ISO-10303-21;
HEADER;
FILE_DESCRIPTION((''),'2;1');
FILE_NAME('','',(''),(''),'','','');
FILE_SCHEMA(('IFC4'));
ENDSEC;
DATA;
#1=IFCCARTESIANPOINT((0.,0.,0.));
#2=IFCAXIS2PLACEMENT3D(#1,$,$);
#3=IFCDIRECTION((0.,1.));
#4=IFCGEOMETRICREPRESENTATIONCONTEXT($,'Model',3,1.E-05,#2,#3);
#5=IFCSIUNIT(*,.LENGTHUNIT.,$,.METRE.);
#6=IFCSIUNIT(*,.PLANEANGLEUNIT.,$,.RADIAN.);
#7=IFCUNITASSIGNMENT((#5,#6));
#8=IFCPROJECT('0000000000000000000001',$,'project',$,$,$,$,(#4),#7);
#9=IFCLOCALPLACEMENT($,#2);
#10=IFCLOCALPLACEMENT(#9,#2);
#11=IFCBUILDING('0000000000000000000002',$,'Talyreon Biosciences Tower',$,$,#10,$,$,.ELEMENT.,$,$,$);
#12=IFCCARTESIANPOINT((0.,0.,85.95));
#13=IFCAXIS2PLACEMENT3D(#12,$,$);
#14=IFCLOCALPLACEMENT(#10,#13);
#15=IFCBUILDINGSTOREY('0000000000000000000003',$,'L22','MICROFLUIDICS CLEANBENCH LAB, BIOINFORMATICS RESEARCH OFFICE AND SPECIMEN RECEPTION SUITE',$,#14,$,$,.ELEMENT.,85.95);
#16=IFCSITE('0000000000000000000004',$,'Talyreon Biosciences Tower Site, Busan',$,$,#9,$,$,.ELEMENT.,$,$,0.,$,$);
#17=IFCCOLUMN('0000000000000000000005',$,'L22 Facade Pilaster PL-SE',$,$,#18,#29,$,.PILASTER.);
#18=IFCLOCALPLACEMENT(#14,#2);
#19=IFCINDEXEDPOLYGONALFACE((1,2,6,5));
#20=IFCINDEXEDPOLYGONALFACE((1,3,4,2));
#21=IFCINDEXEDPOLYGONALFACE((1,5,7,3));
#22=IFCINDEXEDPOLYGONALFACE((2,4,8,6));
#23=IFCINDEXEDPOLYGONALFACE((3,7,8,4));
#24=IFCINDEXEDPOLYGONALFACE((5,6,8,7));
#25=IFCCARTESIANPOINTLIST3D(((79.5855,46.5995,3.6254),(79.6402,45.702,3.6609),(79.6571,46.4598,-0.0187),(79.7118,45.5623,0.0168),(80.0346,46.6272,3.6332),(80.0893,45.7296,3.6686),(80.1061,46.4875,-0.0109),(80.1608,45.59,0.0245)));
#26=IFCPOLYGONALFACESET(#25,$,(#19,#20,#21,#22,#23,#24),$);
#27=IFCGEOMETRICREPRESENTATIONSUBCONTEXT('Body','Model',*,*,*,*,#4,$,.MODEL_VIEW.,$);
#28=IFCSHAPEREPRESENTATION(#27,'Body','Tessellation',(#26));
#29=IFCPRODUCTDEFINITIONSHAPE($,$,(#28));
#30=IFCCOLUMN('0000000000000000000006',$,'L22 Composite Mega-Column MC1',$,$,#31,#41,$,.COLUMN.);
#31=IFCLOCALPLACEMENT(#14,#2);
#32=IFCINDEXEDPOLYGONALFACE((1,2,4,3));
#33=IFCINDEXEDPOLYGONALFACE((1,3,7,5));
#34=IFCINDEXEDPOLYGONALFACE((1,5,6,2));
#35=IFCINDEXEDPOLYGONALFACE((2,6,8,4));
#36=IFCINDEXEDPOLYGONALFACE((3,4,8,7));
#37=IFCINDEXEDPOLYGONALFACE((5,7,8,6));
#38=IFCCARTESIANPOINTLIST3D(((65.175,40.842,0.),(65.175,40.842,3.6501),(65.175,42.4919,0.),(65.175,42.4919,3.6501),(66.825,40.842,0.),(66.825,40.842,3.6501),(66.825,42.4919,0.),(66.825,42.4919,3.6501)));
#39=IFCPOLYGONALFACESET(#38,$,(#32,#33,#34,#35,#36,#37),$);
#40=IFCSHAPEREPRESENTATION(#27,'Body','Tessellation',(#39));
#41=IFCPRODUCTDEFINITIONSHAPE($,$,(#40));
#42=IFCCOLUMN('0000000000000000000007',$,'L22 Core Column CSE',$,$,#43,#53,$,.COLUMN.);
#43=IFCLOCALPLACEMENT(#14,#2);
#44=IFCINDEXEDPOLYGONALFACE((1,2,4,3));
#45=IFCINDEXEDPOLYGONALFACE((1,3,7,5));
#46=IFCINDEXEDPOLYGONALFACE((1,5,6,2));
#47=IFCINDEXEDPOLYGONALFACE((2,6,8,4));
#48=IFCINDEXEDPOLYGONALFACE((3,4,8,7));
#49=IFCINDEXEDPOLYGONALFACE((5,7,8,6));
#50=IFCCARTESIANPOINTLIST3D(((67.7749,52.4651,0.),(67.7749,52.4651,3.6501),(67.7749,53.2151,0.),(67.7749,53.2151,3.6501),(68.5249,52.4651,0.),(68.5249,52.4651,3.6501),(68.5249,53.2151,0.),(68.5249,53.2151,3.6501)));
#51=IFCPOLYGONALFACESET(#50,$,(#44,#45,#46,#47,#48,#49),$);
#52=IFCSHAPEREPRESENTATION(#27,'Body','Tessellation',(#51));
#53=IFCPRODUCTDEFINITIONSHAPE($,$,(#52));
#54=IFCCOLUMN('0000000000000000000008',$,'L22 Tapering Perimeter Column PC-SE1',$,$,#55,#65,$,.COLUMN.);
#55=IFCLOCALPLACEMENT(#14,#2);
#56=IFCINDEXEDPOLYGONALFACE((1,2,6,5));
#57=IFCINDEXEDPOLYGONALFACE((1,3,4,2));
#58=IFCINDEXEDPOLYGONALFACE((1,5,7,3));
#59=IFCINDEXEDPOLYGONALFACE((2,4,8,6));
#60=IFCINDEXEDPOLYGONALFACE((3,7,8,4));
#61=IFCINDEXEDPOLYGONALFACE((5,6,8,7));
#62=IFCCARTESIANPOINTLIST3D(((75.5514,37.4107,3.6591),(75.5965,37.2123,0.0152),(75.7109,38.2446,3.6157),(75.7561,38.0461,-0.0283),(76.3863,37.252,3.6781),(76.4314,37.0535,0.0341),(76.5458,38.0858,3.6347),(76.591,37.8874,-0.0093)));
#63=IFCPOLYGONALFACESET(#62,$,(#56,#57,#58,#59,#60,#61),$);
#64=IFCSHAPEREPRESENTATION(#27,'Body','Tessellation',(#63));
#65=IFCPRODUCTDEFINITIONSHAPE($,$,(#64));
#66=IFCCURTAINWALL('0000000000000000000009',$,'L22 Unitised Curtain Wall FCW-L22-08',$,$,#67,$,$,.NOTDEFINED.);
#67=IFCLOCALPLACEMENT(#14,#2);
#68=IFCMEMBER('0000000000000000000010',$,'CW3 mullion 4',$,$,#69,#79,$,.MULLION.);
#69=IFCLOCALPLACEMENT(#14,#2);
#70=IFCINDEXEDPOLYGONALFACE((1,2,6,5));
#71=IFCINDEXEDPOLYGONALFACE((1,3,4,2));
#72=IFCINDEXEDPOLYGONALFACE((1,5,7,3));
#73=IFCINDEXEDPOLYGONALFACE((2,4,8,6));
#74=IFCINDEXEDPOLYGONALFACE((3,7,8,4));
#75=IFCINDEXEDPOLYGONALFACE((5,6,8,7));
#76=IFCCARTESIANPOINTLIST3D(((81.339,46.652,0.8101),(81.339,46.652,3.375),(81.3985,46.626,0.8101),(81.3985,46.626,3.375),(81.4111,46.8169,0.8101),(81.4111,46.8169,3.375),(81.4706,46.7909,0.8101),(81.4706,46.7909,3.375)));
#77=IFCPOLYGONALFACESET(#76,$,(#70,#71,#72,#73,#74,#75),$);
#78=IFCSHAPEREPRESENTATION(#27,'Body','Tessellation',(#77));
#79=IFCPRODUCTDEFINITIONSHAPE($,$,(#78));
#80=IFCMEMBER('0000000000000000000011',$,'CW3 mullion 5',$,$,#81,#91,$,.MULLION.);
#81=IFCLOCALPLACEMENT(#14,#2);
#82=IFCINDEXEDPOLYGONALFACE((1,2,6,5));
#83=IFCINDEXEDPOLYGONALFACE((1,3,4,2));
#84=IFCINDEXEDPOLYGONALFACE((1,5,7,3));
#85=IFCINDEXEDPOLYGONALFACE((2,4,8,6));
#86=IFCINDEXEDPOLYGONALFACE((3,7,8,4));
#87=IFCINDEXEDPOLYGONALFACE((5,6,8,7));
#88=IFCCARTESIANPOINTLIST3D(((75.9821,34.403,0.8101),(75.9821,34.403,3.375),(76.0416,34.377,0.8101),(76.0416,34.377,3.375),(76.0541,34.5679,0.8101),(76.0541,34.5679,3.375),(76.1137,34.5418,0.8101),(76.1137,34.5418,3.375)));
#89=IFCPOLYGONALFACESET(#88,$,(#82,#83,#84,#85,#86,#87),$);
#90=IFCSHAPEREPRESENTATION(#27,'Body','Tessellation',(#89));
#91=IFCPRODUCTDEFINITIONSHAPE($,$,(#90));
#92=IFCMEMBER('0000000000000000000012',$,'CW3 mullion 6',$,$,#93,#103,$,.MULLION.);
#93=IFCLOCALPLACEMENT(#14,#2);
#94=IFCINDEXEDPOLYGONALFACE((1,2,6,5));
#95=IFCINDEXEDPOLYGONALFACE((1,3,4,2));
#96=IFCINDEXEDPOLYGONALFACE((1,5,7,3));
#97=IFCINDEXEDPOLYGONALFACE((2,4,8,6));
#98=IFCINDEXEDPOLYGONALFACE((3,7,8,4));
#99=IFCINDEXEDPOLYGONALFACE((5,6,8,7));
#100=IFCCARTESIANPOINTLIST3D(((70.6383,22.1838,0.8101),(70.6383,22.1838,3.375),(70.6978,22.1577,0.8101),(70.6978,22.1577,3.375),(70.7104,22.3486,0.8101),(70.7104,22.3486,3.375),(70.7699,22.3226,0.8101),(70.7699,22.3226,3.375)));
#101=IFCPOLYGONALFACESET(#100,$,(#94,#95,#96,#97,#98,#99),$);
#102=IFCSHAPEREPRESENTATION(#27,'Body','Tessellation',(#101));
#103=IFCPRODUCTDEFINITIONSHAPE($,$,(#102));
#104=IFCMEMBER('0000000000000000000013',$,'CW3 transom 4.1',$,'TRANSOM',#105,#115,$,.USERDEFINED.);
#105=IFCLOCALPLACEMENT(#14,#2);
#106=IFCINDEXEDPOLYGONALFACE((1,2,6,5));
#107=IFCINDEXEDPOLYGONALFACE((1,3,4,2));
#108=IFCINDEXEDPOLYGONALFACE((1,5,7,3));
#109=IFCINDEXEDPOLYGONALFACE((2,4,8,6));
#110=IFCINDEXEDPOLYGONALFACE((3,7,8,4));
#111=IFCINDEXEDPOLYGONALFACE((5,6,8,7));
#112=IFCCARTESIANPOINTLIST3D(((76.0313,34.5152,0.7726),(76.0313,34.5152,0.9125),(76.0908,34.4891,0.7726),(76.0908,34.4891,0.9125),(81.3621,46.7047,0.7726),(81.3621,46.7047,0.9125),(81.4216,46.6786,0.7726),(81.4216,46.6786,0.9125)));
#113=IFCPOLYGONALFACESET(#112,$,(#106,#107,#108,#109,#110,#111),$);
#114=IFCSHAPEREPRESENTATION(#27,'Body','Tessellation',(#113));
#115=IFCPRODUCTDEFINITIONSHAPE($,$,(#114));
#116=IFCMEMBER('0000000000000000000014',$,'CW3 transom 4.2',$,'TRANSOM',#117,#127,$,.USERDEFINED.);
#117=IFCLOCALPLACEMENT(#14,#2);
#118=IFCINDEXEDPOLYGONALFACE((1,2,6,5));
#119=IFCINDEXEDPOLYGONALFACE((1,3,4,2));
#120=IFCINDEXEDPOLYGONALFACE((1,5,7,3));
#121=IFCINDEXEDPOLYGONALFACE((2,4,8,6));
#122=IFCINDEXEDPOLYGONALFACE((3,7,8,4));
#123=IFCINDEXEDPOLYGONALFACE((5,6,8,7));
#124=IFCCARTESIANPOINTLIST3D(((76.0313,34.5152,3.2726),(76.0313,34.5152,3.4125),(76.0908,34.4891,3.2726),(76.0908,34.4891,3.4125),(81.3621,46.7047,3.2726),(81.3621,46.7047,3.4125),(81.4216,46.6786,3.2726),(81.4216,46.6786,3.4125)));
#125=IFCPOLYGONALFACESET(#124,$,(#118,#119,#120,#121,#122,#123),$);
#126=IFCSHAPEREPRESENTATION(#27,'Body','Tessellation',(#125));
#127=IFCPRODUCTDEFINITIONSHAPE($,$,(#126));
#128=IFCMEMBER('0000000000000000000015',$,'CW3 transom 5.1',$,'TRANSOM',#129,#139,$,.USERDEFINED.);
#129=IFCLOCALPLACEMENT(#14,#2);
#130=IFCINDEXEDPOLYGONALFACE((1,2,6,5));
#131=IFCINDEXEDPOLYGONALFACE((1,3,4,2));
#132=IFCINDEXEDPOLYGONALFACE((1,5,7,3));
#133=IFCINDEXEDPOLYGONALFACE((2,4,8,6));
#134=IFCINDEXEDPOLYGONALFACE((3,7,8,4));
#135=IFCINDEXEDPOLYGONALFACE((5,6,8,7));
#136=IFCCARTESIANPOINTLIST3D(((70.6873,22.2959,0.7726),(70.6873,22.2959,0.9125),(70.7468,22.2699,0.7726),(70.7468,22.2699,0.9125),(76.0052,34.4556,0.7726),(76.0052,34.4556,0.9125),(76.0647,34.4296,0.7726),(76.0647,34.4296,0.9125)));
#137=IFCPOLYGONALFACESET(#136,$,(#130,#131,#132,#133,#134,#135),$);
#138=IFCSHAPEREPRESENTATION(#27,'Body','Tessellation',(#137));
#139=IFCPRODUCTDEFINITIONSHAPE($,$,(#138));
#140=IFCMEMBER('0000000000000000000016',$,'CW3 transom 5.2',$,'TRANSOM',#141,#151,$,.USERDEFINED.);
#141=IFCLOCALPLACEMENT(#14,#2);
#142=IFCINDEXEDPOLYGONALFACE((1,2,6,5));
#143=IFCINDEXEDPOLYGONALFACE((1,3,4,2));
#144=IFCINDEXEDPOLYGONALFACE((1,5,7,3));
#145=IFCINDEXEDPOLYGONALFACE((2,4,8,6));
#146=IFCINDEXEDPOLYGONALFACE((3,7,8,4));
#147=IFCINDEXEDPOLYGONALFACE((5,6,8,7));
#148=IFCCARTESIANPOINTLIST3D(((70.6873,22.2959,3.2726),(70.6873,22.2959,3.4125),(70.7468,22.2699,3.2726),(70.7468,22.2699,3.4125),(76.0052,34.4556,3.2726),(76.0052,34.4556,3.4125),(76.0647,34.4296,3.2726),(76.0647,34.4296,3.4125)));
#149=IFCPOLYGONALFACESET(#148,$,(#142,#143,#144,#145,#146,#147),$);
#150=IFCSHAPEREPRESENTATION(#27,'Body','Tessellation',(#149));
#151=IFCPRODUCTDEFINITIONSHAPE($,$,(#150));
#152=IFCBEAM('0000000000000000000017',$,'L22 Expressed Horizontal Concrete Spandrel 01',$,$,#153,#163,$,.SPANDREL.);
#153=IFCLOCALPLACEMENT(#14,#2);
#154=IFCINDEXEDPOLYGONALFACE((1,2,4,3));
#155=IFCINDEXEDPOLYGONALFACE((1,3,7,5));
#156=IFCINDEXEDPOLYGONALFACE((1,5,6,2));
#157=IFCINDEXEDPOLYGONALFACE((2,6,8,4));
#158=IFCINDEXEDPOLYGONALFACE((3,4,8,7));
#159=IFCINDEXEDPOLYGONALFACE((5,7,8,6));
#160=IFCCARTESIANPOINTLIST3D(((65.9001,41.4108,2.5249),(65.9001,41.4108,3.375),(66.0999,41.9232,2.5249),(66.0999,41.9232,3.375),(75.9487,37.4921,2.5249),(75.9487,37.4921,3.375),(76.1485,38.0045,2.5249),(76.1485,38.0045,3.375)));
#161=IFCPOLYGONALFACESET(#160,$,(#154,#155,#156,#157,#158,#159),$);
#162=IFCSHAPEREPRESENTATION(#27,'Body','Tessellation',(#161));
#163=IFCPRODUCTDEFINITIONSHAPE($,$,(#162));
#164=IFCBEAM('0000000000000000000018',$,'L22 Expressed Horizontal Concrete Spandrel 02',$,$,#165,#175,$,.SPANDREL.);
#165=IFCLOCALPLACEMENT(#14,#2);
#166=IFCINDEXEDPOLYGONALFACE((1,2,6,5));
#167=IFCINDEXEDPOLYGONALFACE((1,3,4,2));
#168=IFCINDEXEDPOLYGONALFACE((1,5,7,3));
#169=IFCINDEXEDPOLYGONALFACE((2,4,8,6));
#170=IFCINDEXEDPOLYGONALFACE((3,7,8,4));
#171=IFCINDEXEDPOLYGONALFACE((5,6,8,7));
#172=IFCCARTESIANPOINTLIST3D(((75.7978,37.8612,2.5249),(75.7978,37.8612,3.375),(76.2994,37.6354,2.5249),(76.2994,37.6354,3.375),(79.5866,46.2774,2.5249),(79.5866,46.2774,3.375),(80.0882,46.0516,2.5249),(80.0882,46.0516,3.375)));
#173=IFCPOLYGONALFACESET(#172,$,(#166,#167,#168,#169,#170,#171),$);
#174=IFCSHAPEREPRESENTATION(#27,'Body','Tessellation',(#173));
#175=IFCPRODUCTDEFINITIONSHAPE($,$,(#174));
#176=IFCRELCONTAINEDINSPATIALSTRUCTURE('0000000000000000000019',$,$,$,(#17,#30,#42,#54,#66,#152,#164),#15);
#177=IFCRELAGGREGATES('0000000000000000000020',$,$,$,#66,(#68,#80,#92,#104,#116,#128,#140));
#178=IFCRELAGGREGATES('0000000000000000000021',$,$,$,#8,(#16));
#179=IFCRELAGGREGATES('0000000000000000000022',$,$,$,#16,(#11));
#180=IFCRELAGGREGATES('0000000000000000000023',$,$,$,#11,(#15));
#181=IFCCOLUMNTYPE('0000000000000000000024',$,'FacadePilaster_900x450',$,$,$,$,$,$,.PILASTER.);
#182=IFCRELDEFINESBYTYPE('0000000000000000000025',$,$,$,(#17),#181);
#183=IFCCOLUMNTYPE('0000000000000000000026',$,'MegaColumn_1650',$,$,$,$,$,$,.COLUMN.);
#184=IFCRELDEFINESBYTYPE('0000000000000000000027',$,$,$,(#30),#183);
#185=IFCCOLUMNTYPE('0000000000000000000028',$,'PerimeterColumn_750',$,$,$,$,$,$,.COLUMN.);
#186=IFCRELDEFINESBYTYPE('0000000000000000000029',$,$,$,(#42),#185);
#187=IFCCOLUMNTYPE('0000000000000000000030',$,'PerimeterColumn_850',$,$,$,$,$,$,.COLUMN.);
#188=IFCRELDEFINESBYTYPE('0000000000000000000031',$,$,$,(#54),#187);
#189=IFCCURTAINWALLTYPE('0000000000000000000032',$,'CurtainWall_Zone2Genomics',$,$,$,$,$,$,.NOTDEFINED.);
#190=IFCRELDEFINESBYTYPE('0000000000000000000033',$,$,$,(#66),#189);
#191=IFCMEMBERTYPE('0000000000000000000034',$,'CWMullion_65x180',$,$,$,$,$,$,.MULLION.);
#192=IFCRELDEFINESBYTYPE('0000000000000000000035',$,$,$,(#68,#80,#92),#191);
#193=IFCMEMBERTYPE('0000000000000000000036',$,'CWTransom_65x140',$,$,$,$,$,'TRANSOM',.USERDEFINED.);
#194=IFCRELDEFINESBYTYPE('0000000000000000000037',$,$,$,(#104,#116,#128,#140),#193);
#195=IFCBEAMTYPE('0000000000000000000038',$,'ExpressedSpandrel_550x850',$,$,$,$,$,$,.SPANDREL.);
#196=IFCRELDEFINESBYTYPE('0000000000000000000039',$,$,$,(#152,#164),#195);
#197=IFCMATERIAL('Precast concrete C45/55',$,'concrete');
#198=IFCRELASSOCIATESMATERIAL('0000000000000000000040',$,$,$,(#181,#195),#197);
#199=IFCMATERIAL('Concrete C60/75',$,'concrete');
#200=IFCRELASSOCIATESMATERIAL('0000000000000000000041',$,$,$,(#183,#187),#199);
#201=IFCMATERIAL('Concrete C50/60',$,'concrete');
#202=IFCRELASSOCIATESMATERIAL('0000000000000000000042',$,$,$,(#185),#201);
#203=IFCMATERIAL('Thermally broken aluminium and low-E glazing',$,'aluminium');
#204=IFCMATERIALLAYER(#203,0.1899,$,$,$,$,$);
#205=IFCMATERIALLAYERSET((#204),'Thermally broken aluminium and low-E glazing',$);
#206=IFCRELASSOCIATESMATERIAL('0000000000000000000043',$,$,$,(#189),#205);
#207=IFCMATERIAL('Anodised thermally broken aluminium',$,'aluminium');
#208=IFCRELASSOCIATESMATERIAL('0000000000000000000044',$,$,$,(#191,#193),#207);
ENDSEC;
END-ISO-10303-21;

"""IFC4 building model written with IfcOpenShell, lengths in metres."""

from ifc_helpers import new_model, si_unit, direction, frame, origin, origin_2d, place, context, subcontext, project, spatial, rectangle, extrude, material, layer, layer_set, material_profile, profile_set, type_object, element, aggregate, save


model = new_model("IFC4")

# Units and contexts
model_context = context("Model", 3, precision=1e-05, world=origin(), true_north=direction((0.0, 1.0)))
body_context = subcontext(model_context, "Body", "Model", "MODEL_VIEW")
ifc_project = project(units=[si_unit("LENGTHUNIT", "METRE"), si_unit("PLANEANGLEUNIT", "RADIAN")], contexts=[model_context])

# Site, building, storey
site_placement = place(None, origin())
site = spatial("IfcSite", under=ifc_project, at=site_placement, Name="Talyreon Biosciences Tower Site, Busan", CompositionType="ELEMENT", RefElevation=0.0)
building_placement = place(site_placement, origin())
building = spatial("IfcBuilding", under=site, at=building_placement, Name="Talyreon Biosciences Tower", CompositionType="ELEMENT")
storey_placement = place(building_placement, frame((0.0, 0.0, 85.95)))
storey = spatial("IfcBuildingStorey", under=building, at=storey_placement, Name="L22", Description="MICROFLUIDICS CLEANBENCH LAB, BIOINFORMATICS RESEARCH OFFICE AND SPECIMEN RECEPTION SUITE", CompositionType="ELEMENT", Elevation=85.95)

# Columns
ifc_material_1 = material(Name="Precast concrete C45/55", Category="concrete")
ifc_material_profile_1 = material_profile(ifc_material_1, rectangle(XDim=0.8999, YDim=0.45, at=origin_2d()), Name="RC 900x450")
ifc_profile_set_1 = profile_set([ifc_material_profile_1], Name="Precast concrete C45/55")
column_type_1 = type_object("IfcColumnType", Name="FacadePilaster_900x450", PredefinedType="PILASTER", material=ifc_profile_set_1)
column_1_placement = place(storey_placement, frame((79.9089, 46.0249, 0.0029), z_axis=(-0.019612, 0.038287, 0.999074), x_axis=(0.060753, -0.997374, 0.039414)))
element("IfcColumn", 1, at=column_1_placement, inside=storey, type_object=column_type_1, Name="L22 Facade Pilaster PL-SE", PredefinedType="PILASTER", context=body_context, shape_type="SweptSolid", body=[
    extrude(rectangle(XDim=0.8999, YDim=0.45, at=origin_2d()), origin(), (0.0, 0.0, 1.0), 3.6475),
])
ifc_material_2 = material(Name="Concrete C60/75", Category="concrete")
ifc_material_profile_2 = material_profile(ifc_material_2, rectangle(XDim=1.6499, YDim=1.6499, at=origin_2d()), Name="RC 1650x1650")
ifc_profile_set_2 = profile_set([ifc_material_profile_2], Name="Concrete C60/75")
column_type_2 = type_object("IfcColumnType", Name="MegaColumn_1650", PredefinedType="COLUMN", material=ifc_profile_set_2)
column_2_placement = place(storey_placement, frame((66.0, 41.667, 0.0), z_axis=(0.0, 0.0, 1.0), x_axis=(1.0, 0.0, 0.0)))
element("IfcColumn", 2, at=column_2_placement, inside=storey, type_object=column_type_2, Name="L22 Composite Mega-Column MC1", PredefinedType="COLUMN", context=body_context, shape_type="SweptSolid", body=[
    extrude(rectangle(XDim=1.6499, YDim=1.6499, at=origin_2d()), origin(), (0.0, 0.0, 1.0), 3.6501),
])
ifc_material_3 = material(Name="Concrete C50/60", Category="concrete")
ifc_material_profile_3 = material_profile(ifc_material_3, rectangle(XDim=0.75, YDim=0.75, at=origin_2d()), Name="RC 750x750")
ifc_profile_set_3 = profile_set([ifc_material_profile_3], Name="Concrete C50/60")
column_type_3 = type_object("IfcColumnType", Name="PerimeterColumn_750", PredefinedType="COLUMN", material=ifc_profile_set_3)
column_3_placement = place(storey_placement, frame((68.1499, 52.8401, 0.0), z_axis=(0.0, 0.0, 1.0), x_axis=(1.0, 0.0, 0.0)))
element("IfcColumn", 3, at=column_3_placement, inside=storey, type_object=column_type_3, Name="L22 Core Column CSE", PredefinedType="COLUMN", context=body_context, shape_type="SweptSolid", body=[
    extrude(rectangle(XDim=0.75, YDim=0.75, at=origin_2d()), origin(), (0.0, 0.0, 1.0), 3.6501),
])
ifc_material_profile_4 = material_profile(ifc_material_2, rectangle(XDim=0.8501, YDim=0.8501, at=origin_2d()), Name="RC 850x850")
ifc_profile_set_4 = profile_set([ifc_material_profile_4], Name="Concrete C60/75")
column_type_4 = type_object("IfcColumnType", Name="PerimeterColumn_850", PredefinedType="COLUMN", material=ifc_profile_set_4)
column_4_placement = place(storey_placement, frame((76.0938, 37.5498, 0.0029), z_axis=(-0.012375, 0.054384, 0.998443), x_axis=(-0.187672, -0.980901, 0.051102)))
element("IfcColumn", 4, at=column_4_placement, inside=storey, type_object=column_type_4, Name="L22 Tapering Perimeter Column PC-SE1", PredefinedType="COLUMN", context=body_context, shape_type="SweptSolid", body=[
    extrude(rectangle(XDim=0.8501, YDim=0.8501, at=origin_2d()), origin(), (0.0, 0.0, 1.0), 3.6497),
])

# Curtain wall, members
ifc_material_4 = material(Name="Thermally broken aluminium and low-E glazing", Category="aluminium")
ifc_layer_1 = layer(ifc_material_4, 0.1899)
ifc_layer_set_1 = layer_set([ifc_layer_1], Name="Thermally broken aluminium and low-E glazing")
curtain_wall_type = type_object("IfcCurtainWallType", Name="CurtainWall_Zone2Genomics", PredefinedType="NOTDEFINED", material=ifc_layer_set_1)
curtain_wall_placement = place(storey_placement, origin())
curtain_wall = element("IfcCurtainWall", 5, at=curtain_wall_placement, inside=storey, type_object=curtain_wall_type, Name="L22 Unitised Curtain Wall FCW-L22-08", PredefinedType="NOTDEFINED")
ifc_material_5 = material(Name="Anodised thermally broken aluminium", Category="aluminium")
ifc_material_profile_5 = material_profile(ifc_material_5, rectangle(XDim=0.0649, YDim=0.1799, at=origin_2d()), Name="ALUM MULLION 65x180")
ifc_profile_set_5 = profile_set([ifc_material_profile_5], Name="Anodised thermally broken aluminium")
member_type_1 = type_object("IfcMemberType", Name="CWMullion_65x180", PredefinedType="MULLION", material=ifc_profile_set_5)
member_1_placement = place(storey_placement, frame((81.4048, 46.7214, 0.8101), z_axis=(0.0, 0.0, 1.0), x_axis=(0.916214, -0.400689, 0.0)))
member_1 = element("IfcMember", 6, at=member_1_placement, type_object=member_type_1, Name="CW3 mullion 4", PredefinedType="MULLION", context=body_context, shape_type="SweptSolid", body=[
    extrude(rectangle(XDim=0.0649, YDim=0.1799, at=origin_2d()), origin(), (0.0, 0.0, 1.0), 2.5649),
])
member_2_placement = place(storey_placement, frame((76.0479, 34.4724, 0.8101), z_axis=(0.0, 0.0, 1.0), x_axis=(0.916214, -0.400689, 0.0)))
member_2 = element("IfcMember", 7, at=member_2_placement, type_object=member_type_1, Name="CW3 mullion 5", PredefinedType="MULLION", context=body_context, shape_type="SweptSolid", body=[
    extrude(rectangle(XDim=0.0649, YDim=0.1799, at=origin_2d()), origin(), (0.0, 0.0, 1.0), 2.5649),
])
member_3_placement = place(storey_placement, frame((70.7041, 22.2532, 0.8101), z_axis=(0.0, 0.0, 1.0), x_axis=(0.916214, -0.400689, 0.0)))
member_3 = element("IfcMember", 8, at=member_3_placement, type_object=member_type_1, Name="CW3 mullion 6", PredefinedType="MULLION", context=body_context, shape_type="SweptSolid", body=[
    extrude(rectangle(XDim=0.0649, YDim=0.1799, at=origin_2d()), origin(), (0.0, 0.0, 1.0), 2.5649),
])
ifc_material_profile_6 = material_profile(ifc_material_5, rectangle(XDim=0.0649, YDim=0.1399, at=origin_2d()), Name="ALUM TRANSOM 65x140")
ifc_profile_set_6 = profile_set([ifc_material_profile_6], Name="Anodised thermally broken aluminium")
member_type_2 = type_object("IfcMemberType", Name="CWTransom_65x140", ElementType="TRANSOM", PredefinedType="USERDEFINED", material=ifc_profile_set_6)
member_4_placement = place(storey_placement, frame((81.3918, 46.6917, 0.8425), z_axis=(-0.400688, -0.916215, 0.0), x_axis=(0.916215, -0.400688, 0.0)))
member_4 = element("IfcMember", 9, at=member_4_placement, type_object=member_type_2, Name="CW3 transom 4.1", ObjectType="TRANSOM", PredefinedType="USERDEFINED", context=body_context, shape_type="SweptSolid", body=[
    extrude(rectangle(XDim=0.0649, YDim=0.1399, at=origin_2d()), origin(), (0.0, 0.0, 1.0), 13.3042),
])
member_5_placement = place(storey_placement, frame((81.3918, 46.6917, 3.3425), z_axis=(-0.400688, -0.916215, 0.0), x_axis=(0.916215, -0.400688, 0.0)))
member_5 = element("IfcMember", 10, at=member_5_placement, type_object=member_type_2, Name="CW3 transom 4.2", ObjectType="TRANSOM", PredefinedType="USERDEFINED", context=body_context, shape_type="SweptSolid", body=[
    extrude(rectangle(XDim=0.0649, YDim=0.1399, at=origin_2d()), origin(), (0.0, 0.0, 1.0), 13.3042),
])
member_6_placement = place(storey_placement, frame((76.0349, 34.4426, 0.8425), z_axis=(-0.400693, -0.916212, 0.0), x_axis=(0.916212, -0.400693, 0.0)))
member_6 = element("IfcMember", 11, at=member_6_placement, type_object=member_type_2, Name="CW3 transom 5.1", ObjectType="TRANSOM", PredefinedType="USERDEFINED", context=body_context, shape_type="SweptSolid", body=[
    extrude(rectangle(XDim=0.0649, YDim=0.1399, at=origin_2d()), origin(), (0.0, 0.0, 1.0), 13.2717),
])
member_7_placement = place(storey_placement, frame((76.0349, 34.4426, 3.3425), z_axis=(-0.400693, -0.916212, 0.0), x_axis=(0.916212, -0.400693, 0.0)))
member_7 = element("IfcMember", 12, at=member_7_placement, type_object=member_type_2, Name="CW3 transom 5.2", ObjectType="TRANSOM", PredefinedType="USERDEFINED", context=body_context, shape_type="SweptSolid", body=[
    extrude(rectangle(XDim=0.0649, YDim=0.1399, at=origin_2d()), origin(), (0.0, 0.0, 1.0), 13.2717),
])

# Beams
ifc_material_profile_7 = material_profile(ifc_material_1, rectangle(XDim=0.55, YDim=0.8501, at=origin_2d()), Name="RCB 550x850")
ifc_profile_set_7 = profile_set([ifc_material_profile_7], Name="Precast concrete C45/55")
beam_type_1 = type_object("IfcBeamType", Name="ExpressedSpandrel_550x850", PredefinedType="SPANDREL", material=ifc_profile_set_7)
beam_1_placement = place(storey_placement, frame((66.0, 41.667, 2.95), z_axis=(0.931662, -0.363325, 0.0), x_axis=(0.363325, 0.931662, 0.0)))
element("IfcBeam", 13, at=beam_1_placement, inside=storey, type_object=beam_type_1, Name="L22 Expressed Horizontal Concrete Spandrel 01", PredefinedType="SPANDREL", context=body_context, shape_type="SweptSolid", body=[
    extrude(rectangle(XDim=0.55, YDim=0.8501, at=origin_2d()), origin(), (0.0, 0.0, 1.0), 10.7856),
])
beam_2_placement = place(storey_placement, frame((76.0486, 37.7483, 2.95), z_axis=(0.4105, 0.911861, 0.0), x_axis=(-0.911861, 0.4105, 0.0)))
element("IfcBeam", 14, at=beam_2_placement, inside=storey, type_object=beam_type_1, Name="L22 Expressed Horizontal Concrete Spandrel 02", PredefinedType="SPANDREL", context=body_context, shape_type="SweptSolid", body=[
    extrude(rectangle(XDim=0.55, YDim=0.8501, at=origin_2d()), origin(), (0.0, 0.0, 1.0), 9.2297),
])

aggregate(curtain_wall, [member_1, member_2, member_3, member_4, member_5, member_6, member_7])

save(model, "model.ifc")
